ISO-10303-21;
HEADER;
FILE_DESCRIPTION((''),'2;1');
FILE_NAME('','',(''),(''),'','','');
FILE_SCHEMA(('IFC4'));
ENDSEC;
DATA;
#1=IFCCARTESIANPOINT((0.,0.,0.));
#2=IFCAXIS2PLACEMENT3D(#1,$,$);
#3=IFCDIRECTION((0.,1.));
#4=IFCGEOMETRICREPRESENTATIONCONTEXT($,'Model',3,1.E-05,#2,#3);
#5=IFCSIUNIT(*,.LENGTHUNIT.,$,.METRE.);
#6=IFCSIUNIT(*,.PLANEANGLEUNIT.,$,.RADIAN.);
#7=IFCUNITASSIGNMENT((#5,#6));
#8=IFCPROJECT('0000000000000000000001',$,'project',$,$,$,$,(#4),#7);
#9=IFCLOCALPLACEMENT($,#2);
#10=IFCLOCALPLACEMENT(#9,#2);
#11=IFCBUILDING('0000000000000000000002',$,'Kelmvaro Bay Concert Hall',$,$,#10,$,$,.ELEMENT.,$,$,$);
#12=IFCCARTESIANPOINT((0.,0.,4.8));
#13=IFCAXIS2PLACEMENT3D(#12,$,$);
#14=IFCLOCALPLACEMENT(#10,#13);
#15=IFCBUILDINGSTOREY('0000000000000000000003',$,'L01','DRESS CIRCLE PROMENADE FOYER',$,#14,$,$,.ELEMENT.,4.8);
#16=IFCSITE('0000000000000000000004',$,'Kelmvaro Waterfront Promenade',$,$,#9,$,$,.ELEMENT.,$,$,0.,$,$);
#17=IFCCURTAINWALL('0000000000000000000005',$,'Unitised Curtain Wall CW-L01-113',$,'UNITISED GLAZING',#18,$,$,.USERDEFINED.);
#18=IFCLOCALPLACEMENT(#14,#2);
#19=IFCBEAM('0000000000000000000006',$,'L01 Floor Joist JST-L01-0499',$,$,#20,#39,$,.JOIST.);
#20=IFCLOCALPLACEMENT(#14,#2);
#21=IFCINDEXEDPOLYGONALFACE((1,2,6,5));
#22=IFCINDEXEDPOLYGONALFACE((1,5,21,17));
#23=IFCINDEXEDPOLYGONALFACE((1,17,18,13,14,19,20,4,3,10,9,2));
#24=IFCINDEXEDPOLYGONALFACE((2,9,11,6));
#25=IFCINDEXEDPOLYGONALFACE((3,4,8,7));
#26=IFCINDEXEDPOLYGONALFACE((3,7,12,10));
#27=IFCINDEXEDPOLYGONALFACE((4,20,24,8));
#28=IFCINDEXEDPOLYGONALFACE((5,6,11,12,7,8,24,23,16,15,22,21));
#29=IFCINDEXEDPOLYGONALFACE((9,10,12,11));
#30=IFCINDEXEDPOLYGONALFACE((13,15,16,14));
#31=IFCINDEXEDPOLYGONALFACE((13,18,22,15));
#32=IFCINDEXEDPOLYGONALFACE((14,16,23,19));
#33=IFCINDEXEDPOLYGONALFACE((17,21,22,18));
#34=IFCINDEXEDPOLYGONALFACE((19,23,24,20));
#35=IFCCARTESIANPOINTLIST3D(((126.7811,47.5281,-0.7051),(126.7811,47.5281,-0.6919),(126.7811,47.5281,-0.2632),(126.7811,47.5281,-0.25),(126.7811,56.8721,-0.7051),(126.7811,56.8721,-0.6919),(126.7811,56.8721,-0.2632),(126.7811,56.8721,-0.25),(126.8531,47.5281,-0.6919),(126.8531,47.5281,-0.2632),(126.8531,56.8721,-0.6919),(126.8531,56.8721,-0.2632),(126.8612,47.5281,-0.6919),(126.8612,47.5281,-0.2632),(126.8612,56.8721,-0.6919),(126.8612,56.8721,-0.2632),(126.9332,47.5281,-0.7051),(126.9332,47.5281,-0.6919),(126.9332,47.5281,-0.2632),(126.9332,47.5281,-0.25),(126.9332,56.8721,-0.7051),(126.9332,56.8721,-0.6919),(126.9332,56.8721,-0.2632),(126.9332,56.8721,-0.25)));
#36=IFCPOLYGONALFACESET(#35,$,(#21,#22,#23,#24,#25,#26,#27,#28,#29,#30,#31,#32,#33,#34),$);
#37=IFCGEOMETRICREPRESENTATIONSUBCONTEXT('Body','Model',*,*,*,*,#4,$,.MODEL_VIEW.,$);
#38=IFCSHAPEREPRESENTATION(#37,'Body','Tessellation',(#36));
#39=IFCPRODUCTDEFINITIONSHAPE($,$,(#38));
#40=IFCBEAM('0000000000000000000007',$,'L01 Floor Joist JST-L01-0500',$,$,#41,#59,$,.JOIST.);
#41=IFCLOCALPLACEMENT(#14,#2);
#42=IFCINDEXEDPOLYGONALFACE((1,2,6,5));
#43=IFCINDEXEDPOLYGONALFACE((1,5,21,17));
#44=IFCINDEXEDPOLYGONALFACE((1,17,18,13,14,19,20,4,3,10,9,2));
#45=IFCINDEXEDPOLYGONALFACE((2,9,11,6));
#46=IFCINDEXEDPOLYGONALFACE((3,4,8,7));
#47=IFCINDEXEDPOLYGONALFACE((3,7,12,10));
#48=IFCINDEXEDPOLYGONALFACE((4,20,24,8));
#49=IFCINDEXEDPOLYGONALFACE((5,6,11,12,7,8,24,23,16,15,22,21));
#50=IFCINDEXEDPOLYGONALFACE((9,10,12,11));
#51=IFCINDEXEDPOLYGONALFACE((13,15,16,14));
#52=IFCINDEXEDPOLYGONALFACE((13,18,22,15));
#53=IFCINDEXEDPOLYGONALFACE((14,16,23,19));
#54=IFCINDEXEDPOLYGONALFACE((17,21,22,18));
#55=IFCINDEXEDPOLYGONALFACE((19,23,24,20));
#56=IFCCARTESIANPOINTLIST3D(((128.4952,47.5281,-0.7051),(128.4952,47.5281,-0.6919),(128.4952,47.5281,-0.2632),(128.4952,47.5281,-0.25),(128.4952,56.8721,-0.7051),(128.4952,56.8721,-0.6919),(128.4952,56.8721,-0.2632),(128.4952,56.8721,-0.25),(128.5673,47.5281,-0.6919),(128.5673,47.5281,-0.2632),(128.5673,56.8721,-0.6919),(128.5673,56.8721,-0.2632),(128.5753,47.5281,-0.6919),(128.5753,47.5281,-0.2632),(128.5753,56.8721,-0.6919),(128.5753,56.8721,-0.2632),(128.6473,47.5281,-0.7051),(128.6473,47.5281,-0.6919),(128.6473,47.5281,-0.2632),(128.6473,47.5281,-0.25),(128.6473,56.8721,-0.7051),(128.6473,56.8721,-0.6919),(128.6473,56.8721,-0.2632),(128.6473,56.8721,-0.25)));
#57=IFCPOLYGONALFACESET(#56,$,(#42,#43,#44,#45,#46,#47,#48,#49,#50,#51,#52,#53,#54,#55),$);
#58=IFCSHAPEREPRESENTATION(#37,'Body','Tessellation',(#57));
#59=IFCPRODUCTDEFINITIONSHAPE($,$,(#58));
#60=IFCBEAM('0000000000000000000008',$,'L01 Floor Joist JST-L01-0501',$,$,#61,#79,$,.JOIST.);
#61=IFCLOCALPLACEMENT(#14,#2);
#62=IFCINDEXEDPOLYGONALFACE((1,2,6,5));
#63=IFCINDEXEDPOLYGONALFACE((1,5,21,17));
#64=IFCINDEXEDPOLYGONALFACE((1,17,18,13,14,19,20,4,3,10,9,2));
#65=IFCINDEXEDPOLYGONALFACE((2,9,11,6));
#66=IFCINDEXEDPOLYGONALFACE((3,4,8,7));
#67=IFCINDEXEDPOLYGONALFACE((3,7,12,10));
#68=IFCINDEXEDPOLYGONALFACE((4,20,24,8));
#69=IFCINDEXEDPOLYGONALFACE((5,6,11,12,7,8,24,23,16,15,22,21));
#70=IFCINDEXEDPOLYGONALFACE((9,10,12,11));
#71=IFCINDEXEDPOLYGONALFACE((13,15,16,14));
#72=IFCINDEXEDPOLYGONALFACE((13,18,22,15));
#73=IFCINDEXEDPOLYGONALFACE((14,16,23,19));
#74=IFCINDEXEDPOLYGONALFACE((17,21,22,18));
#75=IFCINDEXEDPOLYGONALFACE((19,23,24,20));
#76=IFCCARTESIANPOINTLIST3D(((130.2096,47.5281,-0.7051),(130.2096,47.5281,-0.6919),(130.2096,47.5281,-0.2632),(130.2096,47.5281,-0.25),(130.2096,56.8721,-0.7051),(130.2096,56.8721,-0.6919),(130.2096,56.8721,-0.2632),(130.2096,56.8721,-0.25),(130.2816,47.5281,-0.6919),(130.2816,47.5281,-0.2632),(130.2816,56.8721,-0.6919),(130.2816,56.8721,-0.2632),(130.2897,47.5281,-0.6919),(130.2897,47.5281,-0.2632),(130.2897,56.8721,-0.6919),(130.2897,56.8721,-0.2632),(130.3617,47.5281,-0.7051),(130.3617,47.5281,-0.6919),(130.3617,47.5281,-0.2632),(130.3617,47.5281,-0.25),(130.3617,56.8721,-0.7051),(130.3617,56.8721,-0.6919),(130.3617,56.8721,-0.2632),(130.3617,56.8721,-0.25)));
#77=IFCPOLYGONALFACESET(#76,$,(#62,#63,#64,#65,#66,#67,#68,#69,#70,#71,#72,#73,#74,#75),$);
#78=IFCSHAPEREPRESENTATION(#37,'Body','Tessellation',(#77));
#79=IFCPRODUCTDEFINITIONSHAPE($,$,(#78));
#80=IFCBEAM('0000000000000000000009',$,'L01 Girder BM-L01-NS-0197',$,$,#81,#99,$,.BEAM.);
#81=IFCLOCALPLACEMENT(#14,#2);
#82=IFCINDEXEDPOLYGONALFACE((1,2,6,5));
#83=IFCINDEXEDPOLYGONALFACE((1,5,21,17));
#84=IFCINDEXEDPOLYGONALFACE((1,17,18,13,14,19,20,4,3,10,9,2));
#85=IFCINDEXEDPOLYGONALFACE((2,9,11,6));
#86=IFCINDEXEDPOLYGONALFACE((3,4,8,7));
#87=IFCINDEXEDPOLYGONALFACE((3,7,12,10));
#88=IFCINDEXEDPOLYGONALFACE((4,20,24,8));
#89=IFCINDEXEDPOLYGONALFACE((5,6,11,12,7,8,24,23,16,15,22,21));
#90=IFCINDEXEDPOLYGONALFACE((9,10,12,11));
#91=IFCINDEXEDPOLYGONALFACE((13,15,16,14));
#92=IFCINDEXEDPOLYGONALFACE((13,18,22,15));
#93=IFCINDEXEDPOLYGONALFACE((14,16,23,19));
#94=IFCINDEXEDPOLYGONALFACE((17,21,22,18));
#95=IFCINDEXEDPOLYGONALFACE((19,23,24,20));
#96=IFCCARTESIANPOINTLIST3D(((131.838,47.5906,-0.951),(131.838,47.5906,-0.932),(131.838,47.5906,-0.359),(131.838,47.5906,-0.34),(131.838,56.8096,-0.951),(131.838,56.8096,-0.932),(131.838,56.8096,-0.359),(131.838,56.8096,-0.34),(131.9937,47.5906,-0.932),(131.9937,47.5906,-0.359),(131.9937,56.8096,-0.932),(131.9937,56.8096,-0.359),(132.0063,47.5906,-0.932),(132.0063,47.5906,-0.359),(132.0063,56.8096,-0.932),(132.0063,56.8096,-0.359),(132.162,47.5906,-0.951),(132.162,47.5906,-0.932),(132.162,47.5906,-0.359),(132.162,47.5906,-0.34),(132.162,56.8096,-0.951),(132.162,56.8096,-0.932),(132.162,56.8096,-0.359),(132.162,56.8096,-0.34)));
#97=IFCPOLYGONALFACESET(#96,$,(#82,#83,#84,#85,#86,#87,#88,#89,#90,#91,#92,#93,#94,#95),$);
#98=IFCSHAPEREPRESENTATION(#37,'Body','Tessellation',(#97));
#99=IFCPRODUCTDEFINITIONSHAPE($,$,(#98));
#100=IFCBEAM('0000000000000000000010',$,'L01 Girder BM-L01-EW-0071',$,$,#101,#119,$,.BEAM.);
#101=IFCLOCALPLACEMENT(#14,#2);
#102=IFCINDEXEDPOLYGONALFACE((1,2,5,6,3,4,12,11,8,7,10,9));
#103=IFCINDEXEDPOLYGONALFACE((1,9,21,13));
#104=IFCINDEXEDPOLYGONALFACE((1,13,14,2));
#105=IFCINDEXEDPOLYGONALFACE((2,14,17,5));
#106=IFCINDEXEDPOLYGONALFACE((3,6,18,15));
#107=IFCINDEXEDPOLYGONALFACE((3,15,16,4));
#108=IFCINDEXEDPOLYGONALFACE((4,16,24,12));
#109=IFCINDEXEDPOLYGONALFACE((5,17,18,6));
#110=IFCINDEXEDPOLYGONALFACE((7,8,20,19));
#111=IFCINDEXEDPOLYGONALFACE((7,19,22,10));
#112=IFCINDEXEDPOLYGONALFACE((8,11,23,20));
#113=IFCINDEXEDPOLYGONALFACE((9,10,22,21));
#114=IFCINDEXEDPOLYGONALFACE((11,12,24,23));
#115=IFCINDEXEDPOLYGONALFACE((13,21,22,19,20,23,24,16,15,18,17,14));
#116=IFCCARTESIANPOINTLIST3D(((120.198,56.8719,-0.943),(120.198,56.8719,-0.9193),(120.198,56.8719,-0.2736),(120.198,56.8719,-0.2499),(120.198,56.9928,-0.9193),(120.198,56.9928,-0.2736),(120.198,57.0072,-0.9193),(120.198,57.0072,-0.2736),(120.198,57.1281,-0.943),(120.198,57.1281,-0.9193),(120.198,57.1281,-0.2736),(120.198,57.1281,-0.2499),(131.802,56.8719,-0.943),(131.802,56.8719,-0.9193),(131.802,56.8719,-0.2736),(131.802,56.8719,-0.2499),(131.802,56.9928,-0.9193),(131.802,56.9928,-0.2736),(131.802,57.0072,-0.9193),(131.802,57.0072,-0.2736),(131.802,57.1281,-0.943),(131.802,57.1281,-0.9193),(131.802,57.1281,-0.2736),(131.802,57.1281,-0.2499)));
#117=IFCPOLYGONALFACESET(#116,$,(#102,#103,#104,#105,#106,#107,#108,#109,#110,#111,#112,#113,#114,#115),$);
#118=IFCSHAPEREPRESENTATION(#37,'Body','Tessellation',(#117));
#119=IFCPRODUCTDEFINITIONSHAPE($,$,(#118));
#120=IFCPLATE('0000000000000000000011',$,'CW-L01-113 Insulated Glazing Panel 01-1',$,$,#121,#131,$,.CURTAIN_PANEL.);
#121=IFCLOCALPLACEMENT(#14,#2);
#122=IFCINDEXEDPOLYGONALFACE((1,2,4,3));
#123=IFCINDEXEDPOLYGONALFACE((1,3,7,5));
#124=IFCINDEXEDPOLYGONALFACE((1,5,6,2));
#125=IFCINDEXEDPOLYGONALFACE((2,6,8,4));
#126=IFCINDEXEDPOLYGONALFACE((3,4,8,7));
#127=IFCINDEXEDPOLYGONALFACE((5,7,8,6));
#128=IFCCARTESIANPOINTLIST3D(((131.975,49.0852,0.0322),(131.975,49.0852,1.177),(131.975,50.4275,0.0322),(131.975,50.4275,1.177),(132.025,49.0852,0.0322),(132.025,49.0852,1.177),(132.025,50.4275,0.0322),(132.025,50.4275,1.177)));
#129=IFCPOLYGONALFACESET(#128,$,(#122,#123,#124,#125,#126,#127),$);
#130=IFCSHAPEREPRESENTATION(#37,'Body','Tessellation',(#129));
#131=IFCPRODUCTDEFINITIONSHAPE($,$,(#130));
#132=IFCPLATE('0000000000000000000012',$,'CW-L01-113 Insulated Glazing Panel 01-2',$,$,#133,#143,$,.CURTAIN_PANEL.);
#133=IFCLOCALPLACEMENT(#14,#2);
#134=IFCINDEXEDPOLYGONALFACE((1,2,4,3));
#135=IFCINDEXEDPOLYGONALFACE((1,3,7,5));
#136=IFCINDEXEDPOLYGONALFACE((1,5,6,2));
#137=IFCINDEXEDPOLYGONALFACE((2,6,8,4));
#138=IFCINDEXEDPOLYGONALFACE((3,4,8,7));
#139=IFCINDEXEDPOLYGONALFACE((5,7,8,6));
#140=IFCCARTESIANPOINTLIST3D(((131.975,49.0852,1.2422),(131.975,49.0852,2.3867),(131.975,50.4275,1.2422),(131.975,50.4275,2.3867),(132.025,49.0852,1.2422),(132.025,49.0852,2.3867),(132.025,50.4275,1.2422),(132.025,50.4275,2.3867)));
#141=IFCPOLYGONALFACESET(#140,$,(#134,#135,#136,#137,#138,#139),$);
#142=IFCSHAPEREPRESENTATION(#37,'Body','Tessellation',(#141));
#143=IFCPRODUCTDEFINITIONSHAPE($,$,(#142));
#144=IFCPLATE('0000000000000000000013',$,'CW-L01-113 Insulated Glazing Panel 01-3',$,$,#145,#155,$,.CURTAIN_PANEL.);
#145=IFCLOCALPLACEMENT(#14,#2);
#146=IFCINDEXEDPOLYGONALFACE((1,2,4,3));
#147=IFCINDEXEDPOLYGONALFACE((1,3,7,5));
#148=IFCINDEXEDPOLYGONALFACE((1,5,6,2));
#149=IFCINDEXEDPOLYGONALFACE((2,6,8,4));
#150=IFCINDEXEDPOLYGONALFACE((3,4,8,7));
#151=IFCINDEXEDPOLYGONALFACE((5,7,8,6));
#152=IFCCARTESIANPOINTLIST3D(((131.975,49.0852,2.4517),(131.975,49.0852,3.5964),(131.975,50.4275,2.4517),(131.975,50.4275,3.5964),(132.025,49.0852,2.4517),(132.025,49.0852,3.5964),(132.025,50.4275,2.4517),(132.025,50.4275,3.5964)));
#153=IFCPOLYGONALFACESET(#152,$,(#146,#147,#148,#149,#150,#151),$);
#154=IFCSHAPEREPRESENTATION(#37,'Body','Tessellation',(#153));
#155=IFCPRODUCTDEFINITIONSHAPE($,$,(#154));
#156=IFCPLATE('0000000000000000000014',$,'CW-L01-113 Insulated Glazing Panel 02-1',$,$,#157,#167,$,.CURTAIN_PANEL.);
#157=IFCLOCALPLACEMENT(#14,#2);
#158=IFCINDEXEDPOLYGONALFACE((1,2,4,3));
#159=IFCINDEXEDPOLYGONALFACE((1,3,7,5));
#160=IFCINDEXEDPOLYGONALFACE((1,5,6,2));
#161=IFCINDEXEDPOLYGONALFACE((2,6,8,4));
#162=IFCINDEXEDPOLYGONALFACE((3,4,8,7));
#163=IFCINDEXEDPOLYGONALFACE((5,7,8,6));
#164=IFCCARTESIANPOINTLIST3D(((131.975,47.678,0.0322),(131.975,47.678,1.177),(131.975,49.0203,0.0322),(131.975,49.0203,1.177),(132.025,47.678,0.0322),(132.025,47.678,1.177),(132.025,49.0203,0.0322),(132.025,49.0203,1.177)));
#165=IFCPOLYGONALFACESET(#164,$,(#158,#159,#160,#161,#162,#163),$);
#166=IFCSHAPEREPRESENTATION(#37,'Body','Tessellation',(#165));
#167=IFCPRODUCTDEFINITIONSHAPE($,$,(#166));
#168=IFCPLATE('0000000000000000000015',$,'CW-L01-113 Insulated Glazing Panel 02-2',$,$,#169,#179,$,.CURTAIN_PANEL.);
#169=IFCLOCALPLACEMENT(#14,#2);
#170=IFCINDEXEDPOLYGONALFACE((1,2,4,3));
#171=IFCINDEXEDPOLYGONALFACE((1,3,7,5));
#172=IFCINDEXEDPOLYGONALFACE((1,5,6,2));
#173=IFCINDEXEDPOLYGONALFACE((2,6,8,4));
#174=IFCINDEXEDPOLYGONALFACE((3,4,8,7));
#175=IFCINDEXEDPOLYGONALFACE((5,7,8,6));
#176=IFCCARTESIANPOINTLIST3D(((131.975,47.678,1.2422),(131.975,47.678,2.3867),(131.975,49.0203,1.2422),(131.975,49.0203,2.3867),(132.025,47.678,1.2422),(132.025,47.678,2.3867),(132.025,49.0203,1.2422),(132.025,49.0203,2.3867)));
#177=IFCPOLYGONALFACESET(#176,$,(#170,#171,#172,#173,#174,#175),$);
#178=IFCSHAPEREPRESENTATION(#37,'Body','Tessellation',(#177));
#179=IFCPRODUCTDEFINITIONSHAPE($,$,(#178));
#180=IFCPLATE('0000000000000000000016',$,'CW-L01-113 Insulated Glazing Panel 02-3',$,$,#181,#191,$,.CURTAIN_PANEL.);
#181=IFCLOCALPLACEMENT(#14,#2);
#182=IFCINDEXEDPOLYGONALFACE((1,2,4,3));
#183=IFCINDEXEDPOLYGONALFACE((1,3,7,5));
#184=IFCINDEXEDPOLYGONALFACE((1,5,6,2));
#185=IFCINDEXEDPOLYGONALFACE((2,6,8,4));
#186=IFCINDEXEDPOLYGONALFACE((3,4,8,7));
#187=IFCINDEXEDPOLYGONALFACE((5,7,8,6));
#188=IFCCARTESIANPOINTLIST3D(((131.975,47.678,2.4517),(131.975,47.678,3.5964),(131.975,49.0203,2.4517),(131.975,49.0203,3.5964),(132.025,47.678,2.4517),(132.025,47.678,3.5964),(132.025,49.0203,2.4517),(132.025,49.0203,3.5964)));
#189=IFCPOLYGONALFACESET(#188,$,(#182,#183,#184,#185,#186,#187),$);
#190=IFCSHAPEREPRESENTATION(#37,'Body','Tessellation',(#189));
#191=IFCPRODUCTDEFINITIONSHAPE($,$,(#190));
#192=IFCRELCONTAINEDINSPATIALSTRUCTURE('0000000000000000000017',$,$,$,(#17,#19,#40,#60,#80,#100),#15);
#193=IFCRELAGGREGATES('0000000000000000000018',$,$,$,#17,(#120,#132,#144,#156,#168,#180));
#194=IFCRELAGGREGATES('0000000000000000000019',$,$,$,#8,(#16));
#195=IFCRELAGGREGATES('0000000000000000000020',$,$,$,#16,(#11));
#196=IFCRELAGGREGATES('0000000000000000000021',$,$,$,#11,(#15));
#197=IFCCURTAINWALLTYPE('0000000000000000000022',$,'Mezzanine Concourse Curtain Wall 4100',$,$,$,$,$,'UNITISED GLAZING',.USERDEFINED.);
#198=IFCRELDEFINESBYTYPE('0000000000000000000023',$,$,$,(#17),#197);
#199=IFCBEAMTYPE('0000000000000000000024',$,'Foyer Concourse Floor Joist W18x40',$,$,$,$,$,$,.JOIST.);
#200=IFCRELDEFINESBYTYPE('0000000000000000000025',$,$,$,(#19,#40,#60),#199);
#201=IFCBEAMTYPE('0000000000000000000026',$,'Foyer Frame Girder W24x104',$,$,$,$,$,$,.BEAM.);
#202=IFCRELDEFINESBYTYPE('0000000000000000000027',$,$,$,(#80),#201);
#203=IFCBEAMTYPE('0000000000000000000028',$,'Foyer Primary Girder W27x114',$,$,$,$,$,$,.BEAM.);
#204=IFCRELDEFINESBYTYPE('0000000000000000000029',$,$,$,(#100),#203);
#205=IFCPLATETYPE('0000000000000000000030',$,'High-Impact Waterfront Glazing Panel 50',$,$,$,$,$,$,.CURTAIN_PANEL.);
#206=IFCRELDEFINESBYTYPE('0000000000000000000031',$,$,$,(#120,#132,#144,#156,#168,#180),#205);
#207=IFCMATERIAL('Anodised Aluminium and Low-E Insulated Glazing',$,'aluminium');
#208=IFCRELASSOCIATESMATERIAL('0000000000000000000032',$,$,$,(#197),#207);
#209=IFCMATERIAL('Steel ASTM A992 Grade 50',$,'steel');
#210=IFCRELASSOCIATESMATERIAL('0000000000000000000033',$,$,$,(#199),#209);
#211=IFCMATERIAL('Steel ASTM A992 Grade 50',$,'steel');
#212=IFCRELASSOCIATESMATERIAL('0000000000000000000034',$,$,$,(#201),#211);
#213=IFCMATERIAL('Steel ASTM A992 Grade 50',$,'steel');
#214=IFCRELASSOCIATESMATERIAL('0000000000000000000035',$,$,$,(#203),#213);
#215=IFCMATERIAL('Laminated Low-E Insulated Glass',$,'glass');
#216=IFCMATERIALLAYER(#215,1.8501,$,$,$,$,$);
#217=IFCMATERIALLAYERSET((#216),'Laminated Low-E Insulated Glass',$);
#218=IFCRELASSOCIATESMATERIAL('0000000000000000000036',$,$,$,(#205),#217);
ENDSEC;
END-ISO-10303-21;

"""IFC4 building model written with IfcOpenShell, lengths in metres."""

from ifc_helpers import new_model, si_unit, direction, frame, origin, origin_2d, place, context, subcontext, project, spatial, rectangle, i_section, extrude, material, layer, layer_set, material_profile, profile_set, type_object, element, aggregate, save


model = new_model("IFC4")

# Units and contexts
model_context = context("Model", 3, precision=1e-05, world=origin(), true_north=direction((0.0, 1.0)))
body_context = subcontext(model_context, "Body", "Model", "MODEL_VIEW")
ifc_project = project(units=[si_unit("LENGTHUNIT", "METRE"), si_unit("PLANEANGLEUNIT", "RADIAN")], contexts=[model_context])

# Site, building, storey
site_placement = place(None, origin())
site = spatial("IfcSite", under=ifc_project, at=site_placement, Name="Kelmvaro Waterfront Promenade", CompositionType="ELEMENT", RefElevation=0.0)
building_placement = place(site_placement, origin())
building = spatial("IfcBuilding", under=site, at=building_placement, Name="Kelmvaro Bay Concert Hall", CompositionType="ELEMENT")
storey_placement = place(building_placement, frame((0.0, 0.0, 4.8)))
storey = spatial("IfcBuildingStorey", under=building, at=storey_placement, Name="L01", Description="DRESS CIRCLE PROMENADE FOYER", CompositionType="ELEMENT", Elevation=4.8)

# Curtain wall
ifc_material_1 = material(Name="Anodised Aluminium and Low-E Insulated Glazing", Category="aluminium")
curtain_wall_type = type_object("IfcCurtainWallType", Name="Mezzanine Concourse Curtain Wall 4100", ElementType="UNITISED GLAZING", PredefinedType="USERDEFINED", material=ifc_material_1)
curtain_wall_1_placement = place(storey_placement, origin())
curtain_wall_1 = element("IfcCurtainWall", 1, at=curtain_wall_1_placement, inside=storey, type_object=curtain_wall_type, Name="Unitised Curtain Wall CW-L01-113", ObjectType="UNITISED GLAZING", PredefinedType="USERDEFINED")

# Beams
ifc_material_2 = material(Name="Steel ASTM A992 Grade 50", Category="steel")
ifc_material_profile_1 = material_profile(ifc_material_2, i_section(OverallWidth=0.1521, OverallDepth=0.4551, WebThickness=0.0081, FlangeThickness=0.0132, at=origin_2d()), Name="W18X40")
ifc_profile_set_1 = profile_set([ifc_material_profile_1], Name="Steel ASTM A992 Grade 50")
beam_type_1 = type_object("IfcBeamType", Name="Foyer Concourse Floor Joist W18x40", PredefinedType="JOIST", material=ifc_profile_set_1)
for number, where, z_axis, x_axis, name in (
    (2, (126.8572, 47.5281, -0.4775), (0.0, 1.0, 0.0), (-1.0, 0.0, 0.0), "L01 Floor Joist JST-L01-0499"),
    (3, (128.5713, 47.5281, -0.4775), (0.0, 1.0, 0.0), (-1.0, 0.0, 0.0), "L01 Floor Joist JST-L01-0500"),
    (4, (130.2856, 47.5281, -0.4775), (0.0, 1.0, 0.0), (-1.0, 0.0, 0.0), "L01 Floor Joist JST-L01-0501"),
):
    element("IfcBeam", number, at=place(storey_placement, frame(where, z_axis=z_axis, x_axis=x_axis)), inside=storey, type_object=beam_type_1, Name=name, PredefinedType="JOIST", context=body_context, shape_type="SweptSolid", body=[
        extrude(i_section(OverallWidth=0.1521, OverallDepth=0.4551, WebThickness=0.0081, FlangeThickness=0.0132, at=origin_2d()), origin(), (0.0, 0.0, 1.0), 9.344),
    ])
ifc_material_3 = material(Name="Steel ASTM A992 Grade 50", Category="steel")
ifc_material_profile_2 = material_profile(ifc_material_3, i_section(OverallWidth=0.324, OverallDepth=0.6111, WebThickness=0.0127, FlangeThickness=0.019, at=origin_2d()), Name="W24X104")
ifc_profile_set_2 = profile_set([ifc_material_profile_2], Name="Steel ASTM A992 Grade 50")
beam_type_2 = type_object("IfcBeamType", Name="Foyer Frame Girder W24x104", PredefinedType="BEAM", material=ifc_profile_set_2)
beam_1_placement = place(storey_placement, frame((132.0, 47.5906, -0.6455), z_axis=(0.0, 1.0, 0.0), x_axis=(-1.0, 0.0, 0.0)))
element("IfcBeam", 5, at=beam_1_placement, inside=storey, type_object=beam_type_2, Name="L01 Girder BM-L01-NS-0197", PredefinedType="BEAM", context=body_context, shape_type="SweptSolid", body=[
    extrude(i_section(OverallWidth=0.324, OverallDepth=0.6111, WebThickness=0.0127, FlangeThickness=0.019, at=origin_2d()), origin(), (0.0, 0.0, 1.0), 9.219),
])
ifc_material_4 = material(Name="Steel ASTM A992 Grade 50", Category="steel")
ifc_material_profile_3 = material_profile(ifc_material_4, i_section(OverallWidth=0.2561, OverallDepth=0.6931, WebThickness=0.0144, FlangeThickness=0.0237, at=origin_2d()), Name="W27X114")
ifc_profile_set_3 = profile_set([ifc_material_profile_3], Name="Steel ASTM A992 Grade 50")
beam_type_3 = type_object("IfcBeamType", Name="Foyer Primary Girder W27x114", PredefinedType="BEAM", material=ifc_profile_set_3)
beam_2_placement = place(storey_placement, frame((120.198, 57.0, -0.5964), z_axis=(1.0, 0.0, 0.0), x_axis=(0.0, 1.0, 0.0)))
element("IfcBeam", 6, at=beam_2_placement, inside=storey, type_object=beam_type_3, Name="L01 Girder BM-L01-EW-0071", PredefinedType="BEAM", context=body_context, shape_type="SweptSolid", body=[
    extrude(i_section(OverallWidth=0.2561, OverallDepth=0.6931, WebThickness=0.0144, FlangeThickness=0.0237, at=origin_2d()), origin(), (0.0, 0.0, 1.0), 11.604),
])

# Plates
ifc_material_5 = material(Name="Laminated Low-E Insulated Glass", Category="glass")
ifc_layer = layer(ifc_material_5, 1.8501)
ifc_layer_set = layer_set([ifc_layer], Name="Laminated Low-E Insulated Glass")
plate_type = type_object("IfcPlateType", Name="High-Impact Waterfront Glazing Panel 50", PredefinedType="CURTAIN_PANEL", material=ifc_layer_set)
plate_1_placement = place(storey_placement, frame((132.0, 49.7563, 0.0322), z_axis=(0.0, 0.0, 1.0), x_axis=(0.0, -1.0, 0.0)))
plate_1 = element("IfcPlate", 7, at=plate_1_placement, type_object=plate_type, Name="CW-L01-113 Insulated Glazing Panel 01-1", PredefinedType="CURTAIN_PANEL", context=body_context, shape_type="SweptSolid", body=[
    extrude(rectangle(XDim=1.3423, YDim=0.05, at=origin_2d()), origin(), (0.0, 0.0, 1.0), 1.1448),
])
plate_2_placement = place(storey_placement, frame((132.0, 49.7563, 1.2422), z_axis=(0.0, 0.0, 1.0), x_axis=(0.0, -1.0, 0.0)))
plate_2 = element("IfcPlate", 8, at=plate_2_placement, type_object=plate_type, Name="CW-L01-113 Insulated Glazing Panel 01-2", PredefinedType="CURTAIN_PANEL", context=body_context, shape_type="SweptSolid", body=[
    extrude(rectangle(XDim=1.3423, YDim=0.05, at=origin_2d()), origin(), (0.0, 0.0, 1.0), 1.1445),
])
plate_3_placement = place(storey_placement, frame((132.0, 49.7563, 2.4517), z_axis=(0.0, 0.0, 1.0), x_axis=(0.0, -1.0, 0.0)))
plate_3 = element("IfcPlate", 9, at=plate_3_placement, type_object=plate_type, Name="CW-L01-113 Insulated Glazing Panel 01-3", PredefinedType="CURTAIN_PANEL", context=body_context, shape_type="SweptSolid", body=[
    extrude(rectangle(XDim=1.3423, YDim=0.05, at=origin_2d()), origin(), (0.0, 0.0, 1.0), 1.1448),
])
plate_4_placement = place(storey_placement, frame((132.0, 48.3491, 0.0322), z_axis=(0.0, 0.0, 1.0), x_axis=(0.0, -1.0, 0.0)))
plate_4 = element("IfcPlate", 10, at=plate_4_placement, type_object=plate_type, Name="CW-L01-113 Insulated Glazing Panel 02-1", PredefinedType="CURTAIN_PANEL", context=body_context, shape_type="SweptSolid", body=[
    extrude(rectangle(XDim=1.3423, YDim=0.05, at=origin_2d()), origin(), (0.0, 0.0, 1.0), 1.1448),
])
plate_5_placement = place(storey_placement, frame((132.0, 48.3491, 1.2422), z_axis=(0.0, 0.0, 1.0), x_axis=(0.0, -1.0, 0.0)))
plate_5 = element("IfcPlate", 11, at=plate_5_placement, type_object=plate_type, Name="CW-L01-113 Insulated Glazing Panel 02-2", PredefinedType="CURTAIN_PANEL", context=body_context, shape_type="SweptSolid", body=[
    extrude(rectangle(XDim=1.3423, YDim=0.05, at=origin_2d()), origin(), (0.0, 0.0, 1.0), 1.1445),
])
plate_6_placement = place(storey_placement, frame((132.0, 48.3491, 2.4517), z_axis=(0.0, 0.0, 1.0), x_axis=(0.0, -1.0, 0.0)))
plate_6 = element("IfcPlate", 12, at=plate_6_placement, type_object=plate_type, Name="CW-L01-113 Insulated Glazing Panel 02-3", PredefinedType="CURTAIN_PANEL", context=body_context, shape_type="SweptSolid", body=[
    extrude(rectangle(XDim=1.3423, YDim=0.05, at=origin_2d()), origin(), (0.0, 0.0, 1.0), 1.1448),
])
aggregate(curtain_wall_1, [plate_1, plate_2, plate_3, plate_4, plate_5, plate_6])

save(model, "model.ifc")
